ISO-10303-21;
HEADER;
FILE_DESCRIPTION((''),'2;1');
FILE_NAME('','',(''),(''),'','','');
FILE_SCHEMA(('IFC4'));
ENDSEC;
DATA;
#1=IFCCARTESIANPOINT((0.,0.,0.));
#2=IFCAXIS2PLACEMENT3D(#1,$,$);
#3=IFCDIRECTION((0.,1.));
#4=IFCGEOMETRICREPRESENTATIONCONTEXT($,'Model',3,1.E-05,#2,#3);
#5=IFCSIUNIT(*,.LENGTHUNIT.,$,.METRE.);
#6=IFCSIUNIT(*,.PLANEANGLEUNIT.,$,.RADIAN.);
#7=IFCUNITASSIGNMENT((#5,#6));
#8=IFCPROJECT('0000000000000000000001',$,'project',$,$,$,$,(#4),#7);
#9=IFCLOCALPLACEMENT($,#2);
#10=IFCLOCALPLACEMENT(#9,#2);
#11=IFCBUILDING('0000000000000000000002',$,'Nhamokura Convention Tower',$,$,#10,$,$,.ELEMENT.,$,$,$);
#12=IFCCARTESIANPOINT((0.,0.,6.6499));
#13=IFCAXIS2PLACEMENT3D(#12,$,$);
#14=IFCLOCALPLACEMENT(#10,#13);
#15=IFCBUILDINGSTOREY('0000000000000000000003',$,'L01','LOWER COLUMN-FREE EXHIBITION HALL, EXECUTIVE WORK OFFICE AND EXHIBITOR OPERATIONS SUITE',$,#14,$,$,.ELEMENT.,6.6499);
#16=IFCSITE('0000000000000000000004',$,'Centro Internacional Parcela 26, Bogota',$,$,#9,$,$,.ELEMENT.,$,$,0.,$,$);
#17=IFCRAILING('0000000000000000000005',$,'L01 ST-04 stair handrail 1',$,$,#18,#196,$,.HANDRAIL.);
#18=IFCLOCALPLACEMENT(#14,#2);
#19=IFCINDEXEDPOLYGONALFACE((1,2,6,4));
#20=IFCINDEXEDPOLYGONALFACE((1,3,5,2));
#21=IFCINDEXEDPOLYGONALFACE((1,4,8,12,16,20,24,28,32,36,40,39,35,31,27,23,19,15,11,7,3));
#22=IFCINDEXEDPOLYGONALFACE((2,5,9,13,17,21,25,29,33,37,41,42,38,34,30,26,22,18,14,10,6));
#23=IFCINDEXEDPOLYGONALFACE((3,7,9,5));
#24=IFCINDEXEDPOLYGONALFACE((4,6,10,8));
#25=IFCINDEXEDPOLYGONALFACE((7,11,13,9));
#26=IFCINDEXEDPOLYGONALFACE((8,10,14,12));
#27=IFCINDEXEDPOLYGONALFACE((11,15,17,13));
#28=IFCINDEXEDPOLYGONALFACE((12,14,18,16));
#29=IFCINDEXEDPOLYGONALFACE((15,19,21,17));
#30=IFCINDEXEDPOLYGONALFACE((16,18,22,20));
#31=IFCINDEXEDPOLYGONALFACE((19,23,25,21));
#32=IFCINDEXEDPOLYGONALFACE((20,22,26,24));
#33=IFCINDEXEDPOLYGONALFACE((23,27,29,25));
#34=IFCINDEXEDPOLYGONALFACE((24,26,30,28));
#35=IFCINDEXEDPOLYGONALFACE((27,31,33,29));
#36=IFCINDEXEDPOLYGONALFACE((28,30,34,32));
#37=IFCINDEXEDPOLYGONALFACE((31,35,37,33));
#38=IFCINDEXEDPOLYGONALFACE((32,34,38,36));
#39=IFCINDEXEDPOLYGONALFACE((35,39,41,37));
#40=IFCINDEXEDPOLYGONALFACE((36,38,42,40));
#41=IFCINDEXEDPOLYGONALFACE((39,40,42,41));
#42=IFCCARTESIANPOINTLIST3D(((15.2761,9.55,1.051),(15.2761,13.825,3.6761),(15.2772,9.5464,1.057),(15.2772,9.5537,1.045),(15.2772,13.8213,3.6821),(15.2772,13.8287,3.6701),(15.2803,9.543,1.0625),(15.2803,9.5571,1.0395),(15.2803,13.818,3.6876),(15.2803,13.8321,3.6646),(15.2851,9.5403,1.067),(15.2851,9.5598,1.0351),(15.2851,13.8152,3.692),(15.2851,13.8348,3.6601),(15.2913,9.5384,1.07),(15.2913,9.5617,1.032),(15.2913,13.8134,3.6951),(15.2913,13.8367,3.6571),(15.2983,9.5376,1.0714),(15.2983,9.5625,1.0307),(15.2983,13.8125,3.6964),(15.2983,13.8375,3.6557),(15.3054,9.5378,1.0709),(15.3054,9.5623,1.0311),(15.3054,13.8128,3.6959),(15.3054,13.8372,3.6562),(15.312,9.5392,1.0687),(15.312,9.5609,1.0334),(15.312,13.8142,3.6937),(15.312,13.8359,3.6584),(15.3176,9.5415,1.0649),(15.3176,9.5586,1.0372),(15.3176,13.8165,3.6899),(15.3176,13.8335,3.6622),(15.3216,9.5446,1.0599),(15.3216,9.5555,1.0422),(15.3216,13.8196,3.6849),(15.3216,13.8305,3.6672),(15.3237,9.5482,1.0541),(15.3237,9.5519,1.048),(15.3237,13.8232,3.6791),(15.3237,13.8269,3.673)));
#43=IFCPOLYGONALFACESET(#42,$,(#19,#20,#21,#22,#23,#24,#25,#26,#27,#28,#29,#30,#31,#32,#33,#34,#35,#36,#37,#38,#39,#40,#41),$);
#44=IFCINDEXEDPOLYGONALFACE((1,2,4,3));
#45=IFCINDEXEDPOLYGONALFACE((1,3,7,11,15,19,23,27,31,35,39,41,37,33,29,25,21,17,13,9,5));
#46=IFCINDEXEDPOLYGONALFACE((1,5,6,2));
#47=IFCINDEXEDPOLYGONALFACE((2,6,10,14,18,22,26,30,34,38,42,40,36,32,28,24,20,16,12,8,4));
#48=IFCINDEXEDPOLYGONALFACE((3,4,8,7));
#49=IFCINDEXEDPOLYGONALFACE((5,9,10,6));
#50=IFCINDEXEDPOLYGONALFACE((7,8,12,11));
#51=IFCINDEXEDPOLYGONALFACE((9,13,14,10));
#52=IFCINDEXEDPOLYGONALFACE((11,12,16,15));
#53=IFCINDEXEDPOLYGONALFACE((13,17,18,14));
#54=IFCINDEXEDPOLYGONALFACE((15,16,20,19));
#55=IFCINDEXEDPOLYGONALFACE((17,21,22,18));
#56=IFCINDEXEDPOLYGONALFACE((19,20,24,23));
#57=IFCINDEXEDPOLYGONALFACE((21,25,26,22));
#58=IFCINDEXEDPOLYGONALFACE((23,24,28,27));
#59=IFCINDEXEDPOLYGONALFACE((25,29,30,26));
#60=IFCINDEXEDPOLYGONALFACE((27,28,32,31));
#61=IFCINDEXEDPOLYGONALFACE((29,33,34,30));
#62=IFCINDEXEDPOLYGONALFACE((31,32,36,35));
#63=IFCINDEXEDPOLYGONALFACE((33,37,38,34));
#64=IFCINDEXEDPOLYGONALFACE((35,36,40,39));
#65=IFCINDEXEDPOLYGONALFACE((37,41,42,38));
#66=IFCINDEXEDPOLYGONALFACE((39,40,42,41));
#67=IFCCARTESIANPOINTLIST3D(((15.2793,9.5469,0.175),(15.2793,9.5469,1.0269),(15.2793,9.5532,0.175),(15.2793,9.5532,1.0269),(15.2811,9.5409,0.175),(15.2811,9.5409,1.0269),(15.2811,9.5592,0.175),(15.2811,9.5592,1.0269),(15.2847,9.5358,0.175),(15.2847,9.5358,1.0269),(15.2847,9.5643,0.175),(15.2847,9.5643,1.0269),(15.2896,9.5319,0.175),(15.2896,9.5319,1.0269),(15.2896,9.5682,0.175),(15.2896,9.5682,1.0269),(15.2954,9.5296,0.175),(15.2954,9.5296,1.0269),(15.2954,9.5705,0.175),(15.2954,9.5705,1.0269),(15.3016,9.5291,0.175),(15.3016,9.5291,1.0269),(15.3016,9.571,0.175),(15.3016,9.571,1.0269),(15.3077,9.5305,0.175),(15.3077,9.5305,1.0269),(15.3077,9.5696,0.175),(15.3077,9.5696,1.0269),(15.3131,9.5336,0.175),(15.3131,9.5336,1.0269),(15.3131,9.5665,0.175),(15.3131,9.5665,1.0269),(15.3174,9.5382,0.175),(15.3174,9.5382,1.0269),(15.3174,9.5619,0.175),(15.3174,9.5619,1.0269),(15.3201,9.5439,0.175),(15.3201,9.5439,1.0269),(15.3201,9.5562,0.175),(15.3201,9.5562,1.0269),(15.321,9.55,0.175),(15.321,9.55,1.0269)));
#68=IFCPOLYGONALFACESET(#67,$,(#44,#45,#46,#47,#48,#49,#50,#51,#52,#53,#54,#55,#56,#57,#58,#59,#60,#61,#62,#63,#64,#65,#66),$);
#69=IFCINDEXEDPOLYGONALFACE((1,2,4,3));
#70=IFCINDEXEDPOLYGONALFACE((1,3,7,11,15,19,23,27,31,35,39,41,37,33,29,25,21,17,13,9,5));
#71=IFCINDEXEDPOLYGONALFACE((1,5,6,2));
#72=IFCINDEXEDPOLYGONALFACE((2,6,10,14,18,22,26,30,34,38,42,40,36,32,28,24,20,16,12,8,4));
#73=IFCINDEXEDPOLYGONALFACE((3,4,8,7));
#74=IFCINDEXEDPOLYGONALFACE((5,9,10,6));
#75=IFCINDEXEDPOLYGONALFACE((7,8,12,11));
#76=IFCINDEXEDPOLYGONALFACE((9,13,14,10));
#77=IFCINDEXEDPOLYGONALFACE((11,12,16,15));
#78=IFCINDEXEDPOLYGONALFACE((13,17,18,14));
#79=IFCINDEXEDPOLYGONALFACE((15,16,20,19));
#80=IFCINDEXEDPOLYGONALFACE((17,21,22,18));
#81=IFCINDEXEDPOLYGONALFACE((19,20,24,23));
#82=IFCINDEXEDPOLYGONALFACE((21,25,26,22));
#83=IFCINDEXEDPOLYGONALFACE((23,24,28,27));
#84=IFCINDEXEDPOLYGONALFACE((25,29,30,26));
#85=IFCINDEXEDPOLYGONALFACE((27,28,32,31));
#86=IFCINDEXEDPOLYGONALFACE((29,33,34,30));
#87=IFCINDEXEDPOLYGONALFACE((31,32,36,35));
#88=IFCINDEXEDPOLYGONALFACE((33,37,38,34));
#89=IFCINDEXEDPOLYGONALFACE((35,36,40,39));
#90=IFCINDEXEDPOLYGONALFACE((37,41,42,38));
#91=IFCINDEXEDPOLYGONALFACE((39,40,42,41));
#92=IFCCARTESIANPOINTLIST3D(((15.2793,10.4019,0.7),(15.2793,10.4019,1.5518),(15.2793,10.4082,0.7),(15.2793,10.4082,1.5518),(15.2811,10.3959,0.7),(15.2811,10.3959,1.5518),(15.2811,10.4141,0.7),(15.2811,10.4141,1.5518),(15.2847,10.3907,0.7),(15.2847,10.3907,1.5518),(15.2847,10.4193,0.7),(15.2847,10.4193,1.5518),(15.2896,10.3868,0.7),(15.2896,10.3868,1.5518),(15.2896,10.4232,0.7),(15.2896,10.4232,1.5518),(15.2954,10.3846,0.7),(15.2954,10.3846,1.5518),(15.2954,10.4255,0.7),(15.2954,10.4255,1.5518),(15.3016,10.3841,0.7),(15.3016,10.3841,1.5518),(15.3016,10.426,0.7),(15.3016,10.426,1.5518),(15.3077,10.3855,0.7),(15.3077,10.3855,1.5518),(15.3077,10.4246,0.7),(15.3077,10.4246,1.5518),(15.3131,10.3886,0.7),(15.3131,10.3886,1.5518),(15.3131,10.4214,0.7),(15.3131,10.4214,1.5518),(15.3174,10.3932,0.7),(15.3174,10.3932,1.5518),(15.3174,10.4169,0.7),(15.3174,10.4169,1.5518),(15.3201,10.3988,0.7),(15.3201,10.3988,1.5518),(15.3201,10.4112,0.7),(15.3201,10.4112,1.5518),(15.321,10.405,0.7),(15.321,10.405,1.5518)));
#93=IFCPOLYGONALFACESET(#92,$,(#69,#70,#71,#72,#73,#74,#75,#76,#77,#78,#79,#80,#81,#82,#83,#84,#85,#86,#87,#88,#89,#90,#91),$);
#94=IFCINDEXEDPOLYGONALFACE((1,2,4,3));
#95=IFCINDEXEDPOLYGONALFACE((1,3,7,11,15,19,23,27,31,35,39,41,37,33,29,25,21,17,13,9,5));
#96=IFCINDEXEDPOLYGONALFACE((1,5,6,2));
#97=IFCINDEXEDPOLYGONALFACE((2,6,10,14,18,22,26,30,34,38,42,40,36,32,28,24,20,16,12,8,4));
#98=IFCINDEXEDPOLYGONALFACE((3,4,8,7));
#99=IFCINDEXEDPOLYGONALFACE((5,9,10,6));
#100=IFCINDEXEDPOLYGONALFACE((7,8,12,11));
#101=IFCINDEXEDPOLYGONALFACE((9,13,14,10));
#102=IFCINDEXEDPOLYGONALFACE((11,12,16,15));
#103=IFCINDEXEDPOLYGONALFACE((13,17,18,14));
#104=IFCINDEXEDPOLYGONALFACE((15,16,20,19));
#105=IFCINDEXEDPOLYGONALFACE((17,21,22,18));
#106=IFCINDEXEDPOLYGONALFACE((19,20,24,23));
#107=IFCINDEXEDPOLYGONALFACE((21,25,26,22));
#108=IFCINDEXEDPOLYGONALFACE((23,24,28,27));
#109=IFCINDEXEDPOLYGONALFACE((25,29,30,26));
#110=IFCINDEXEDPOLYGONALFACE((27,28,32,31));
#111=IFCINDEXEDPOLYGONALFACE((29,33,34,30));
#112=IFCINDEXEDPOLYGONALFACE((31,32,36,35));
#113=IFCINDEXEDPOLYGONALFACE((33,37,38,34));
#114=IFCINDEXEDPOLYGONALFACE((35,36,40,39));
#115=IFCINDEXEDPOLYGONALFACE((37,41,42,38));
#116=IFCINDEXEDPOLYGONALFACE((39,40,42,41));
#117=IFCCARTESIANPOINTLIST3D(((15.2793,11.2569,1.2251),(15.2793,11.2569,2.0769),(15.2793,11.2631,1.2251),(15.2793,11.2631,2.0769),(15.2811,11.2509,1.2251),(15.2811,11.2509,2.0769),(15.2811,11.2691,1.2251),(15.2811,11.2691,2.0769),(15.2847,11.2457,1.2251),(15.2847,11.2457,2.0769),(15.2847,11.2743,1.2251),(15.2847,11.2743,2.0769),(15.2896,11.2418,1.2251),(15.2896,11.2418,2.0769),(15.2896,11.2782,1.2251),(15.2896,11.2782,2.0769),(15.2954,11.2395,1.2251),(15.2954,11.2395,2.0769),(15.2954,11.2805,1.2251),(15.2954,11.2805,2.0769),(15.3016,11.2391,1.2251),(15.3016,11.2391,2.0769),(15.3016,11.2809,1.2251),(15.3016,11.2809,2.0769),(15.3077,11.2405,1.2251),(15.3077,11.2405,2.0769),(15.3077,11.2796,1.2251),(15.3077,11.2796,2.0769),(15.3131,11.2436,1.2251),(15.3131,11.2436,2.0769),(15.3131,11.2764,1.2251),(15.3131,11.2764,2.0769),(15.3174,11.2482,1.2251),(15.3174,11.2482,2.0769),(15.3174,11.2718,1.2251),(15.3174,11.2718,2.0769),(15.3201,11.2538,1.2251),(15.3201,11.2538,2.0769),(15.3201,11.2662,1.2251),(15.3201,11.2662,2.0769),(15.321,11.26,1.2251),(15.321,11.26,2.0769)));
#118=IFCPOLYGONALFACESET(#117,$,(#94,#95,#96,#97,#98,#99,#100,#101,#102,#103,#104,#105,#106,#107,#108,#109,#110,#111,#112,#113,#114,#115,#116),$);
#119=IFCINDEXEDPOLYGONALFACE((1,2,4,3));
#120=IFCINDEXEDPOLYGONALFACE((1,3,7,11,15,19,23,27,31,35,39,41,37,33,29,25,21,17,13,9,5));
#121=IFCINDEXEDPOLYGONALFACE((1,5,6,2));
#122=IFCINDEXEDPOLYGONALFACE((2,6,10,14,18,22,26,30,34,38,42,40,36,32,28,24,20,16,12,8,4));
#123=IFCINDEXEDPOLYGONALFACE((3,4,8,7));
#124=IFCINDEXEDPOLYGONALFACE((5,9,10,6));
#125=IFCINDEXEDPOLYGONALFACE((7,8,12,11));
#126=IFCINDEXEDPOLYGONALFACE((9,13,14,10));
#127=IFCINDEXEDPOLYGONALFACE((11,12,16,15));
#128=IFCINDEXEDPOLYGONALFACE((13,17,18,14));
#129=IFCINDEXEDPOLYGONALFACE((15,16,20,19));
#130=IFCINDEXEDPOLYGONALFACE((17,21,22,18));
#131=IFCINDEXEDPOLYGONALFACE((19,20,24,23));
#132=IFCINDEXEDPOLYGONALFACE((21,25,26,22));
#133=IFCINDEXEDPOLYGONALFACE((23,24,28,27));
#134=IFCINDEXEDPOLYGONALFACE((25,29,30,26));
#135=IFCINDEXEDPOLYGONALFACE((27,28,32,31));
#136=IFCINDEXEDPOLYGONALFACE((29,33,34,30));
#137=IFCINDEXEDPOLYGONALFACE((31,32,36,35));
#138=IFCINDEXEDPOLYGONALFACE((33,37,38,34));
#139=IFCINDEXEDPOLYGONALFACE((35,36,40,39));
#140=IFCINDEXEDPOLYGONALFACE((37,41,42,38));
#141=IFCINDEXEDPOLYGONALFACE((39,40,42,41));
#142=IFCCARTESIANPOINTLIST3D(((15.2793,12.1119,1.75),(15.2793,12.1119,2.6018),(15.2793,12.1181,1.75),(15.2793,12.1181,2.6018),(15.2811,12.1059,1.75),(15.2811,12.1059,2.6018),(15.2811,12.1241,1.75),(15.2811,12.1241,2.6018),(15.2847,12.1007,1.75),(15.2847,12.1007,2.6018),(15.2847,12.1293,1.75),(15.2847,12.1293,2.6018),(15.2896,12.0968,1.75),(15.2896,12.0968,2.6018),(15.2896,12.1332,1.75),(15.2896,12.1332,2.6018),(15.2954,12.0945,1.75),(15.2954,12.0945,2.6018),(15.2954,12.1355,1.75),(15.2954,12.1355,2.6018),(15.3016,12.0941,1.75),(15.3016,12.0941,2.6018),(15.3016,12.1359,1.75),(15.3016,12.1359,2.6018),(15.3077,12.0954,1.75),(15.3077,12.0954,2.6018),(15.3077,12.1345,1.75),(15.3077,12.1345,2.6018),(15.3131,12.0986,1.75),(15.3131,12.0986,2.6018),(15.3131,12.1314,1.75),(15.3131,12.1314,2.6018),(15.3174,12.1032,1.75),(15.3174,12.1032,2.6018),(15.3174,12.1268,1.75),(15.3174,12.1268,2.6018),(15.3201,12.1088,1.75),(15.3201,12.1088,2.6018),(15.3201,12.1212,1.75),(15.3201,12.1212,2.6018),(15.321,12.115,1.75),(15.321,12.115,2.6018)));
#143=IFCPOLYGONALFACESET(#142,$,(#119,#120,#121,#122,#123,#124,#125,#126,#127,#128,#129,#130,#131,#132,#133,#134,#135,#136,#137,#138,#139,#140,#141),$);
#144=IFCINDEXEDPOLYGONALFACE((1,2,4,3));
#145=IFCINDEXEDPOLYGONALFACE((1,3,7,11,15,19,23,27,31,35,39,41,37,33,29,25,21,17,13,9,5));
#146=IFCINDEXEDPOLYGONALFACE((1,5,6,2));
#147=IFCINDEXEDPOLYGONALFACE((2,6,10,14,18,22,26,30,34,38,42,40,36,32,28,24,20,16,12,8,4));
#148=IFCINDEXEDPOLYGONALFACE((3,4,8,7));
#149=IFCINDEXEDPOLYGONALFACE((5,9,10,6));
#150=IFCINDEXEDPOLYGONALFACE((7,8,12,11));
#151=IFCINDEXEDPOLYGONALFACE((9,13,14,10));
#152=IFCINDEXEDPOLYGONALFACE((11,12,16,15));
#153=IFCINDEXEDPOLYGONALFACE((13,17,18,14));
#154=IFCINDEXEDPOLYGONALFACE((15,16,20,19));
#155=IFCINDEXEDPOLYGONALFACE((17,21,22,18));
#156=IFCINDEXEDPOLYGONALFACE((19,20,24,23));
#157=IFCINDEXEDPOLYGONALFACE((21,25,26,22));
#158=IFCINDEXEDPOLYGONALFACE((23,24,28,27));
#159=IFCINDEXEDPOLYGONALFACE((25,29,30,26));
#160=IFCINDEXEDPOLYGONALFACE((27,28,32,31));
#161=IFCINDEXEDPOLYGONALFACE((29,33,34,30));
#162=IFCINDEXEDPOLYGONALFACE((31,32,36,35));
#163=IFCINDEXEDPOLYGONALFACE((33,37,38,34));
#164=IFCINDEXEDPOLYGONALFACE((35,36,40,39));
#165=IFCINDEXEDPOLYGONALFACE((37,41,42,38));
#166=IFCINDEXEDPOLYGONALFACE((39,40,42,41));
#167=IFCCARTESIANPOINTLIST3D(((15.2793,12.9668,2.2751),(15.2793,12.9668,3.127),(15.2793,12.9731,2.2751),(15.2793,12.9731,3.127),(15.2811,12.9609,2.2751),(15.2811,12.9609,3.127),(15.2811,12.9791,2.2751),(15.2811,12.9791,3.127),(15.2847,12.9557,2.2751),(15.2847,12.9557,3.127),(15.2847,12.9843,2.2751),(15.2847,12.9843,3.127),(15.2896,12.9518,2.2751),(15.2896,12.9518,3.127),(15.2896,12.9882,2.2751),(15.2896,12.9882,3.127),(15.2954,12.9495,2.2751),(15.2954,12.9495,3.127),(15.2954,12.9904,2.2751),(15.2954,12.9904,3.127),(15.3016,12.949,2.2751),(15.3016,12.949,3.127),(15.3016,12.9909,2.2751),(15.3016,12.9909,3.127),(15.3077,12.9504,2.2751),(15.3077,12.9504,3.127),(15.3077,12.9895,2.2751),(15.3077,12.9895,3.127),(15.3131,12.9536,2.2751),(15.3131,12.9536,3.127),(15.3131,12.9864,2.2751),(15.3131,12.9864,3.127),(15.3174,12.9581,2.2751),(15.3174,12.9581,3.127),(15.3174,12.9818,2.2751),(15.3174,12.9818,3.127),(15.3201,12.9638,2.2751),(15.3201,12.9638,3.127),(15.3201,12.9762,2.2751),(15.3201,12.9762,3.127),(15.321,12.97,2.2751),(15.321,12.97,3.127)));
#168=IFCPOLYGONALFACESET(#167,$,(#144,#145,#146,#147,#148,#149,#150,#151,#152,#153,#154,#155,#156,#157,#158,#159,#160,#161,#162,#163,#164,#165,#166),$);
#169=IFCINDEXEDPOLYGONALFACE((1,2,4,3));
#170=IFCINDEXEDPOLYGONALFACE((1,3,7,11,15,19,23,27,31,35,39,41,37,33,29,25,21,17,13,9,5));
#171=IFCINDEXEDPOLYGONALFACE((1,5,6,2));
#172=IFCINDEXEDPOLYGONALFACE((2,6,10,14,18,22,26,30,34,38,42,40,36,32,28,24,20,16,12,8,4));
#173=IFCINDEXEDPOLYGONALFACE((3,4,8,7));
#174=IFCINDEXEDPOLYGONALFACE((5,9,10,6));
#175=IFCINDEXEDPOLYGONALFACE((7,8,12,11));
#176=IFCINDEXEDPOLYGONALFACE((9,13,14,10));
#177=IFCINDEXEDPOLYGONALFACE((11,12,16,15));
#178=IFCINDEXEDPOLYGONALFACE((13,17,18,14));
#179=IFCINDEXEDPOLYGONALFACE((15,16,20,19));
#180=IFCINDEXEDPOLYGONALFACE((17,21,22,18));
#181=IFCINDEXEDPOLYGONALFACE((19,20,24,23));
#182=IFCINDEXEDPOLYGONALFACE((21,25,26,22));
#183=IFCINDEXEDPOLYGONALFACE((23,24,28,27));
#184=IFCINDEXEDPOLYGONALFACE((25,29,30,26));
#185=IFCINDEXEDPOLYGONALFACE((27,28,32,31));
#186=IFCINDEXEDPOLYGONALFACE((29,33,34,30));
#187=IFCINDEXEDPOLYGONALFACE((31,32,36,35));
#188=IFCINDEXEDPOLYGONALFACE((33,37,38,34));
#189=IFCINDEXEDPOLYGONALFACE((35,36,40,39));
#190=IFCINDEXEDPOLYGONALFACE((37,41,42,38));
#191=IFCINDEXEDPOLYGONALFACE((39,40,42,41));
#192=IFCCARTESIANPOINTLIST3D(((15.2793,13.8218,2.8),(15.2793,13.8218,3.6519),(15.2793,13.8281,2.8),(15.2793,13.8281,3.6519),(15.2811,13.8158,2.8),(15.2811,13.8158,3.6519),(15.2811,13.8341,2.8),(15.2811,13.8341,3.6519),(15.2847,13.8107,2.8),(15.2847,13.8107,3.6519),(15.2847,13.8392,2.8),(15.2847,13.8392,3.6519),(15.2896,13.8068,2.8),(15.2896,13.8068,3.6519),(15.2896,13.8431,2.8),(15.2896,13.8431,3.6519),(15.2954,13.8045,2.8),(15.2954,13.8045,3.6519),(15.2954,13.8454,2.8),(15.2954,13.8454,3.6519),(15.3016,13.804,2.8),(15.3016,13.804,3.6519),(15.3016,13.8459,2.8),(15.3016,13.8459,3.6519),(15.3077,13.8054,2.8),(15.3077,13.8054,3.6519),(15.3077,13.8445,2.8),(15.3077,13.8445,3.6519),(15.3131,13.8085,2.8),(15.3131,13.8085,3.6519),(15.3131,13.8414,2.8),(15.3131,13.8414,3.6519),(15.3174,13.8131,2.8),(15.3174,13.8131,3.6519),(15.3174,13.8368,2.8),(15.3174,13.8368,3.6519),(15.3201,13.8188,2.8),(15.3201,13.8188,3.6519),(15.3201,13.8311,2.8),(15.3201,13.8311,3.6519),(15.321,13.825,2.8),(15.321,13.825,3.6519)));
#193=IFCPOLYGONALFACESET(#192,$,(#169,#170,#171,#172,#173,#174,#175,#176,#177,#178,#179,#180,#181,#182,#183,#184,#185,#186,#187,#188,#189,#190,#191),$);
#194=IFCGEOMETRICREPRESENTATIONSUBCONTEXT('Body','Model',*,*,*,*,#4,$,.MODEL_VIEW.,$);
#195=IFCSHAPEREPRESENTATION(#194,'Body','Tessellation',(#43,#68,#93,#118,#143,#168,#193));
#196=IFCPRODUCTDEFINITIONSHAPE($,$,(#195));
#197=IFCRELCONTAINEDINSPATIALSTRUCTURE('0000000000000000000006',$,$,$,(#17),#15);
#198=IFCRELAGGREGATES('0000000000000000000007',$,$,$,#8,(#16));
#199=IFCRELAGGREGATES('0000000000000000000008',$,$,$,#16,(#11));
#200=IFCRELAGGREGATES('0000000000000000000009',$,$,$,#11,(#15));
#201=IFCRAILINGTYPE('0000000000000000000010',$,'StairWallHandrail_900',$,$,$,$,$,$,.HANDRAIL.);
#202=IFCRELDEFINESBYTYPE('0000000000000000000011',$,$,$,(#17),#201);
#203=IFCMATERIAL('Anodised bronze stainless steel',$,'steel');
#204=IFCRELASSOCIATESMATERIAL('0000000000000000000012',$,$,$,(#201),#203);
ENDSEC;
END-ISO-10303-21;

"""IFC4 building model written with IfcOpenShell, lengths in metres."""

from ifc_helpers import new_model, si_unit, direction, frame, origin, origin_2d, place, context, subcontext, project, spatial, circle, extrude, material, type_object, element, save


model = new_model("IFC4")

# Units and contexts
model_context = context("Model", 3, precision=1e-05, world=origin(), true_north=direction((0.0, 1.0)))
body_context = subcontext(model_context, "Body", "Model", "MODEL_VIEW")
ifc_project = project(units=[si_unit("LENGTHUNIT", "METRE"), si_unit("PLANEANGLEUNIT", "RADIAN")], contexts=[model_context])

# Site, building, storey
site_placement = place(None, origin())
site = spatial("IfcSite", under=ifc_project, at=site_placement, Name="Centro Internacional Parcela 26, Bogota", CompositionType="ELEMENT", RefElevation=0.0)
building_placement = place(site_placement, origin())
building = spatial("IfcBuilding", under=site, at=building_placement, Name="Nhamokura Convention Tower", CompositionType="ELEMENT")
storey_placement = place(building_placement, frame((0.0, 0.0, 6.6499)))
storey = spatial("IfcBuildingStorey", under=building, at=storey_placement, Name="L01", Description="LOWER COLUMN-FREE EXHIBITION HALL, EXECUTIVE WORK OFFICE AND EXHIBITOR OPERATIONS SUITE", CompositionType="ELEMENT", Elevation=6.6499)

# Railing
ifc_material_1 = material(Name="Anodised bronze stainless steel", Category="steel")
railing_type_1 = type_object("IfcRailingType", Name="StairWallHandrail_900", PredefinedType="HANDRAIL", material=ifc_material_1)
railing_1_placement = place(storey_placement, frame((15.3, 9.55, 0.175)))
element("IfcRailing", 1, at=railing_1_placement, inside=storey, type_object=railing_type_1, Name="L01 ST-04 stair handrail 1", PredefinedType="HANDRAIL", context=body_context, shape_type="SweptSolid", body=[
    extrude(circle(Radius=0.0239, at=origin_2d()), frame((0.0, 0.0, 0.876), z_axis=(0.0, 0.852166, 0.523272), x_axis=(-1.0, 0.0, 0.0)), (0.0, 0.0, 1.0), 5.0166),
    extrude(circle(Radius=0.021, at=origin_2d()), origin(), (0.0, 0.0, 1.0), 0.8518),
    extrude(circle(Radius=0.021, at=origin_2d()), frame((0.0, 0.855, 0.5249)), (0.0, 0.0, 1.0), 0.8518),
    extrude(circle(Radius=0.021, at=origin_2d()), frame((0.0, 1.71, 1.05)), (0.0, 0.0, 1.0), 0.8518),
    extrude(circle(Radius=0.021, at=origin_2d()), frame((0.0, 2.5649, 1.575)), (0.0, 0.0, 1.0), 0.8518),
    extrude(circle(Radius=0.021, at=origin_2d()), frame((0.0, 3.4199, 2.1001)), (0.0, 0.0, 1.0), 0.8518),
    extrude(circle(Radius=0.021, at=origin_2d()), frame((0.0, 4.2749, 2.625)), (0.0, 0.0, 1.0), 0.8518),
])

save(model, "model.ifc")
